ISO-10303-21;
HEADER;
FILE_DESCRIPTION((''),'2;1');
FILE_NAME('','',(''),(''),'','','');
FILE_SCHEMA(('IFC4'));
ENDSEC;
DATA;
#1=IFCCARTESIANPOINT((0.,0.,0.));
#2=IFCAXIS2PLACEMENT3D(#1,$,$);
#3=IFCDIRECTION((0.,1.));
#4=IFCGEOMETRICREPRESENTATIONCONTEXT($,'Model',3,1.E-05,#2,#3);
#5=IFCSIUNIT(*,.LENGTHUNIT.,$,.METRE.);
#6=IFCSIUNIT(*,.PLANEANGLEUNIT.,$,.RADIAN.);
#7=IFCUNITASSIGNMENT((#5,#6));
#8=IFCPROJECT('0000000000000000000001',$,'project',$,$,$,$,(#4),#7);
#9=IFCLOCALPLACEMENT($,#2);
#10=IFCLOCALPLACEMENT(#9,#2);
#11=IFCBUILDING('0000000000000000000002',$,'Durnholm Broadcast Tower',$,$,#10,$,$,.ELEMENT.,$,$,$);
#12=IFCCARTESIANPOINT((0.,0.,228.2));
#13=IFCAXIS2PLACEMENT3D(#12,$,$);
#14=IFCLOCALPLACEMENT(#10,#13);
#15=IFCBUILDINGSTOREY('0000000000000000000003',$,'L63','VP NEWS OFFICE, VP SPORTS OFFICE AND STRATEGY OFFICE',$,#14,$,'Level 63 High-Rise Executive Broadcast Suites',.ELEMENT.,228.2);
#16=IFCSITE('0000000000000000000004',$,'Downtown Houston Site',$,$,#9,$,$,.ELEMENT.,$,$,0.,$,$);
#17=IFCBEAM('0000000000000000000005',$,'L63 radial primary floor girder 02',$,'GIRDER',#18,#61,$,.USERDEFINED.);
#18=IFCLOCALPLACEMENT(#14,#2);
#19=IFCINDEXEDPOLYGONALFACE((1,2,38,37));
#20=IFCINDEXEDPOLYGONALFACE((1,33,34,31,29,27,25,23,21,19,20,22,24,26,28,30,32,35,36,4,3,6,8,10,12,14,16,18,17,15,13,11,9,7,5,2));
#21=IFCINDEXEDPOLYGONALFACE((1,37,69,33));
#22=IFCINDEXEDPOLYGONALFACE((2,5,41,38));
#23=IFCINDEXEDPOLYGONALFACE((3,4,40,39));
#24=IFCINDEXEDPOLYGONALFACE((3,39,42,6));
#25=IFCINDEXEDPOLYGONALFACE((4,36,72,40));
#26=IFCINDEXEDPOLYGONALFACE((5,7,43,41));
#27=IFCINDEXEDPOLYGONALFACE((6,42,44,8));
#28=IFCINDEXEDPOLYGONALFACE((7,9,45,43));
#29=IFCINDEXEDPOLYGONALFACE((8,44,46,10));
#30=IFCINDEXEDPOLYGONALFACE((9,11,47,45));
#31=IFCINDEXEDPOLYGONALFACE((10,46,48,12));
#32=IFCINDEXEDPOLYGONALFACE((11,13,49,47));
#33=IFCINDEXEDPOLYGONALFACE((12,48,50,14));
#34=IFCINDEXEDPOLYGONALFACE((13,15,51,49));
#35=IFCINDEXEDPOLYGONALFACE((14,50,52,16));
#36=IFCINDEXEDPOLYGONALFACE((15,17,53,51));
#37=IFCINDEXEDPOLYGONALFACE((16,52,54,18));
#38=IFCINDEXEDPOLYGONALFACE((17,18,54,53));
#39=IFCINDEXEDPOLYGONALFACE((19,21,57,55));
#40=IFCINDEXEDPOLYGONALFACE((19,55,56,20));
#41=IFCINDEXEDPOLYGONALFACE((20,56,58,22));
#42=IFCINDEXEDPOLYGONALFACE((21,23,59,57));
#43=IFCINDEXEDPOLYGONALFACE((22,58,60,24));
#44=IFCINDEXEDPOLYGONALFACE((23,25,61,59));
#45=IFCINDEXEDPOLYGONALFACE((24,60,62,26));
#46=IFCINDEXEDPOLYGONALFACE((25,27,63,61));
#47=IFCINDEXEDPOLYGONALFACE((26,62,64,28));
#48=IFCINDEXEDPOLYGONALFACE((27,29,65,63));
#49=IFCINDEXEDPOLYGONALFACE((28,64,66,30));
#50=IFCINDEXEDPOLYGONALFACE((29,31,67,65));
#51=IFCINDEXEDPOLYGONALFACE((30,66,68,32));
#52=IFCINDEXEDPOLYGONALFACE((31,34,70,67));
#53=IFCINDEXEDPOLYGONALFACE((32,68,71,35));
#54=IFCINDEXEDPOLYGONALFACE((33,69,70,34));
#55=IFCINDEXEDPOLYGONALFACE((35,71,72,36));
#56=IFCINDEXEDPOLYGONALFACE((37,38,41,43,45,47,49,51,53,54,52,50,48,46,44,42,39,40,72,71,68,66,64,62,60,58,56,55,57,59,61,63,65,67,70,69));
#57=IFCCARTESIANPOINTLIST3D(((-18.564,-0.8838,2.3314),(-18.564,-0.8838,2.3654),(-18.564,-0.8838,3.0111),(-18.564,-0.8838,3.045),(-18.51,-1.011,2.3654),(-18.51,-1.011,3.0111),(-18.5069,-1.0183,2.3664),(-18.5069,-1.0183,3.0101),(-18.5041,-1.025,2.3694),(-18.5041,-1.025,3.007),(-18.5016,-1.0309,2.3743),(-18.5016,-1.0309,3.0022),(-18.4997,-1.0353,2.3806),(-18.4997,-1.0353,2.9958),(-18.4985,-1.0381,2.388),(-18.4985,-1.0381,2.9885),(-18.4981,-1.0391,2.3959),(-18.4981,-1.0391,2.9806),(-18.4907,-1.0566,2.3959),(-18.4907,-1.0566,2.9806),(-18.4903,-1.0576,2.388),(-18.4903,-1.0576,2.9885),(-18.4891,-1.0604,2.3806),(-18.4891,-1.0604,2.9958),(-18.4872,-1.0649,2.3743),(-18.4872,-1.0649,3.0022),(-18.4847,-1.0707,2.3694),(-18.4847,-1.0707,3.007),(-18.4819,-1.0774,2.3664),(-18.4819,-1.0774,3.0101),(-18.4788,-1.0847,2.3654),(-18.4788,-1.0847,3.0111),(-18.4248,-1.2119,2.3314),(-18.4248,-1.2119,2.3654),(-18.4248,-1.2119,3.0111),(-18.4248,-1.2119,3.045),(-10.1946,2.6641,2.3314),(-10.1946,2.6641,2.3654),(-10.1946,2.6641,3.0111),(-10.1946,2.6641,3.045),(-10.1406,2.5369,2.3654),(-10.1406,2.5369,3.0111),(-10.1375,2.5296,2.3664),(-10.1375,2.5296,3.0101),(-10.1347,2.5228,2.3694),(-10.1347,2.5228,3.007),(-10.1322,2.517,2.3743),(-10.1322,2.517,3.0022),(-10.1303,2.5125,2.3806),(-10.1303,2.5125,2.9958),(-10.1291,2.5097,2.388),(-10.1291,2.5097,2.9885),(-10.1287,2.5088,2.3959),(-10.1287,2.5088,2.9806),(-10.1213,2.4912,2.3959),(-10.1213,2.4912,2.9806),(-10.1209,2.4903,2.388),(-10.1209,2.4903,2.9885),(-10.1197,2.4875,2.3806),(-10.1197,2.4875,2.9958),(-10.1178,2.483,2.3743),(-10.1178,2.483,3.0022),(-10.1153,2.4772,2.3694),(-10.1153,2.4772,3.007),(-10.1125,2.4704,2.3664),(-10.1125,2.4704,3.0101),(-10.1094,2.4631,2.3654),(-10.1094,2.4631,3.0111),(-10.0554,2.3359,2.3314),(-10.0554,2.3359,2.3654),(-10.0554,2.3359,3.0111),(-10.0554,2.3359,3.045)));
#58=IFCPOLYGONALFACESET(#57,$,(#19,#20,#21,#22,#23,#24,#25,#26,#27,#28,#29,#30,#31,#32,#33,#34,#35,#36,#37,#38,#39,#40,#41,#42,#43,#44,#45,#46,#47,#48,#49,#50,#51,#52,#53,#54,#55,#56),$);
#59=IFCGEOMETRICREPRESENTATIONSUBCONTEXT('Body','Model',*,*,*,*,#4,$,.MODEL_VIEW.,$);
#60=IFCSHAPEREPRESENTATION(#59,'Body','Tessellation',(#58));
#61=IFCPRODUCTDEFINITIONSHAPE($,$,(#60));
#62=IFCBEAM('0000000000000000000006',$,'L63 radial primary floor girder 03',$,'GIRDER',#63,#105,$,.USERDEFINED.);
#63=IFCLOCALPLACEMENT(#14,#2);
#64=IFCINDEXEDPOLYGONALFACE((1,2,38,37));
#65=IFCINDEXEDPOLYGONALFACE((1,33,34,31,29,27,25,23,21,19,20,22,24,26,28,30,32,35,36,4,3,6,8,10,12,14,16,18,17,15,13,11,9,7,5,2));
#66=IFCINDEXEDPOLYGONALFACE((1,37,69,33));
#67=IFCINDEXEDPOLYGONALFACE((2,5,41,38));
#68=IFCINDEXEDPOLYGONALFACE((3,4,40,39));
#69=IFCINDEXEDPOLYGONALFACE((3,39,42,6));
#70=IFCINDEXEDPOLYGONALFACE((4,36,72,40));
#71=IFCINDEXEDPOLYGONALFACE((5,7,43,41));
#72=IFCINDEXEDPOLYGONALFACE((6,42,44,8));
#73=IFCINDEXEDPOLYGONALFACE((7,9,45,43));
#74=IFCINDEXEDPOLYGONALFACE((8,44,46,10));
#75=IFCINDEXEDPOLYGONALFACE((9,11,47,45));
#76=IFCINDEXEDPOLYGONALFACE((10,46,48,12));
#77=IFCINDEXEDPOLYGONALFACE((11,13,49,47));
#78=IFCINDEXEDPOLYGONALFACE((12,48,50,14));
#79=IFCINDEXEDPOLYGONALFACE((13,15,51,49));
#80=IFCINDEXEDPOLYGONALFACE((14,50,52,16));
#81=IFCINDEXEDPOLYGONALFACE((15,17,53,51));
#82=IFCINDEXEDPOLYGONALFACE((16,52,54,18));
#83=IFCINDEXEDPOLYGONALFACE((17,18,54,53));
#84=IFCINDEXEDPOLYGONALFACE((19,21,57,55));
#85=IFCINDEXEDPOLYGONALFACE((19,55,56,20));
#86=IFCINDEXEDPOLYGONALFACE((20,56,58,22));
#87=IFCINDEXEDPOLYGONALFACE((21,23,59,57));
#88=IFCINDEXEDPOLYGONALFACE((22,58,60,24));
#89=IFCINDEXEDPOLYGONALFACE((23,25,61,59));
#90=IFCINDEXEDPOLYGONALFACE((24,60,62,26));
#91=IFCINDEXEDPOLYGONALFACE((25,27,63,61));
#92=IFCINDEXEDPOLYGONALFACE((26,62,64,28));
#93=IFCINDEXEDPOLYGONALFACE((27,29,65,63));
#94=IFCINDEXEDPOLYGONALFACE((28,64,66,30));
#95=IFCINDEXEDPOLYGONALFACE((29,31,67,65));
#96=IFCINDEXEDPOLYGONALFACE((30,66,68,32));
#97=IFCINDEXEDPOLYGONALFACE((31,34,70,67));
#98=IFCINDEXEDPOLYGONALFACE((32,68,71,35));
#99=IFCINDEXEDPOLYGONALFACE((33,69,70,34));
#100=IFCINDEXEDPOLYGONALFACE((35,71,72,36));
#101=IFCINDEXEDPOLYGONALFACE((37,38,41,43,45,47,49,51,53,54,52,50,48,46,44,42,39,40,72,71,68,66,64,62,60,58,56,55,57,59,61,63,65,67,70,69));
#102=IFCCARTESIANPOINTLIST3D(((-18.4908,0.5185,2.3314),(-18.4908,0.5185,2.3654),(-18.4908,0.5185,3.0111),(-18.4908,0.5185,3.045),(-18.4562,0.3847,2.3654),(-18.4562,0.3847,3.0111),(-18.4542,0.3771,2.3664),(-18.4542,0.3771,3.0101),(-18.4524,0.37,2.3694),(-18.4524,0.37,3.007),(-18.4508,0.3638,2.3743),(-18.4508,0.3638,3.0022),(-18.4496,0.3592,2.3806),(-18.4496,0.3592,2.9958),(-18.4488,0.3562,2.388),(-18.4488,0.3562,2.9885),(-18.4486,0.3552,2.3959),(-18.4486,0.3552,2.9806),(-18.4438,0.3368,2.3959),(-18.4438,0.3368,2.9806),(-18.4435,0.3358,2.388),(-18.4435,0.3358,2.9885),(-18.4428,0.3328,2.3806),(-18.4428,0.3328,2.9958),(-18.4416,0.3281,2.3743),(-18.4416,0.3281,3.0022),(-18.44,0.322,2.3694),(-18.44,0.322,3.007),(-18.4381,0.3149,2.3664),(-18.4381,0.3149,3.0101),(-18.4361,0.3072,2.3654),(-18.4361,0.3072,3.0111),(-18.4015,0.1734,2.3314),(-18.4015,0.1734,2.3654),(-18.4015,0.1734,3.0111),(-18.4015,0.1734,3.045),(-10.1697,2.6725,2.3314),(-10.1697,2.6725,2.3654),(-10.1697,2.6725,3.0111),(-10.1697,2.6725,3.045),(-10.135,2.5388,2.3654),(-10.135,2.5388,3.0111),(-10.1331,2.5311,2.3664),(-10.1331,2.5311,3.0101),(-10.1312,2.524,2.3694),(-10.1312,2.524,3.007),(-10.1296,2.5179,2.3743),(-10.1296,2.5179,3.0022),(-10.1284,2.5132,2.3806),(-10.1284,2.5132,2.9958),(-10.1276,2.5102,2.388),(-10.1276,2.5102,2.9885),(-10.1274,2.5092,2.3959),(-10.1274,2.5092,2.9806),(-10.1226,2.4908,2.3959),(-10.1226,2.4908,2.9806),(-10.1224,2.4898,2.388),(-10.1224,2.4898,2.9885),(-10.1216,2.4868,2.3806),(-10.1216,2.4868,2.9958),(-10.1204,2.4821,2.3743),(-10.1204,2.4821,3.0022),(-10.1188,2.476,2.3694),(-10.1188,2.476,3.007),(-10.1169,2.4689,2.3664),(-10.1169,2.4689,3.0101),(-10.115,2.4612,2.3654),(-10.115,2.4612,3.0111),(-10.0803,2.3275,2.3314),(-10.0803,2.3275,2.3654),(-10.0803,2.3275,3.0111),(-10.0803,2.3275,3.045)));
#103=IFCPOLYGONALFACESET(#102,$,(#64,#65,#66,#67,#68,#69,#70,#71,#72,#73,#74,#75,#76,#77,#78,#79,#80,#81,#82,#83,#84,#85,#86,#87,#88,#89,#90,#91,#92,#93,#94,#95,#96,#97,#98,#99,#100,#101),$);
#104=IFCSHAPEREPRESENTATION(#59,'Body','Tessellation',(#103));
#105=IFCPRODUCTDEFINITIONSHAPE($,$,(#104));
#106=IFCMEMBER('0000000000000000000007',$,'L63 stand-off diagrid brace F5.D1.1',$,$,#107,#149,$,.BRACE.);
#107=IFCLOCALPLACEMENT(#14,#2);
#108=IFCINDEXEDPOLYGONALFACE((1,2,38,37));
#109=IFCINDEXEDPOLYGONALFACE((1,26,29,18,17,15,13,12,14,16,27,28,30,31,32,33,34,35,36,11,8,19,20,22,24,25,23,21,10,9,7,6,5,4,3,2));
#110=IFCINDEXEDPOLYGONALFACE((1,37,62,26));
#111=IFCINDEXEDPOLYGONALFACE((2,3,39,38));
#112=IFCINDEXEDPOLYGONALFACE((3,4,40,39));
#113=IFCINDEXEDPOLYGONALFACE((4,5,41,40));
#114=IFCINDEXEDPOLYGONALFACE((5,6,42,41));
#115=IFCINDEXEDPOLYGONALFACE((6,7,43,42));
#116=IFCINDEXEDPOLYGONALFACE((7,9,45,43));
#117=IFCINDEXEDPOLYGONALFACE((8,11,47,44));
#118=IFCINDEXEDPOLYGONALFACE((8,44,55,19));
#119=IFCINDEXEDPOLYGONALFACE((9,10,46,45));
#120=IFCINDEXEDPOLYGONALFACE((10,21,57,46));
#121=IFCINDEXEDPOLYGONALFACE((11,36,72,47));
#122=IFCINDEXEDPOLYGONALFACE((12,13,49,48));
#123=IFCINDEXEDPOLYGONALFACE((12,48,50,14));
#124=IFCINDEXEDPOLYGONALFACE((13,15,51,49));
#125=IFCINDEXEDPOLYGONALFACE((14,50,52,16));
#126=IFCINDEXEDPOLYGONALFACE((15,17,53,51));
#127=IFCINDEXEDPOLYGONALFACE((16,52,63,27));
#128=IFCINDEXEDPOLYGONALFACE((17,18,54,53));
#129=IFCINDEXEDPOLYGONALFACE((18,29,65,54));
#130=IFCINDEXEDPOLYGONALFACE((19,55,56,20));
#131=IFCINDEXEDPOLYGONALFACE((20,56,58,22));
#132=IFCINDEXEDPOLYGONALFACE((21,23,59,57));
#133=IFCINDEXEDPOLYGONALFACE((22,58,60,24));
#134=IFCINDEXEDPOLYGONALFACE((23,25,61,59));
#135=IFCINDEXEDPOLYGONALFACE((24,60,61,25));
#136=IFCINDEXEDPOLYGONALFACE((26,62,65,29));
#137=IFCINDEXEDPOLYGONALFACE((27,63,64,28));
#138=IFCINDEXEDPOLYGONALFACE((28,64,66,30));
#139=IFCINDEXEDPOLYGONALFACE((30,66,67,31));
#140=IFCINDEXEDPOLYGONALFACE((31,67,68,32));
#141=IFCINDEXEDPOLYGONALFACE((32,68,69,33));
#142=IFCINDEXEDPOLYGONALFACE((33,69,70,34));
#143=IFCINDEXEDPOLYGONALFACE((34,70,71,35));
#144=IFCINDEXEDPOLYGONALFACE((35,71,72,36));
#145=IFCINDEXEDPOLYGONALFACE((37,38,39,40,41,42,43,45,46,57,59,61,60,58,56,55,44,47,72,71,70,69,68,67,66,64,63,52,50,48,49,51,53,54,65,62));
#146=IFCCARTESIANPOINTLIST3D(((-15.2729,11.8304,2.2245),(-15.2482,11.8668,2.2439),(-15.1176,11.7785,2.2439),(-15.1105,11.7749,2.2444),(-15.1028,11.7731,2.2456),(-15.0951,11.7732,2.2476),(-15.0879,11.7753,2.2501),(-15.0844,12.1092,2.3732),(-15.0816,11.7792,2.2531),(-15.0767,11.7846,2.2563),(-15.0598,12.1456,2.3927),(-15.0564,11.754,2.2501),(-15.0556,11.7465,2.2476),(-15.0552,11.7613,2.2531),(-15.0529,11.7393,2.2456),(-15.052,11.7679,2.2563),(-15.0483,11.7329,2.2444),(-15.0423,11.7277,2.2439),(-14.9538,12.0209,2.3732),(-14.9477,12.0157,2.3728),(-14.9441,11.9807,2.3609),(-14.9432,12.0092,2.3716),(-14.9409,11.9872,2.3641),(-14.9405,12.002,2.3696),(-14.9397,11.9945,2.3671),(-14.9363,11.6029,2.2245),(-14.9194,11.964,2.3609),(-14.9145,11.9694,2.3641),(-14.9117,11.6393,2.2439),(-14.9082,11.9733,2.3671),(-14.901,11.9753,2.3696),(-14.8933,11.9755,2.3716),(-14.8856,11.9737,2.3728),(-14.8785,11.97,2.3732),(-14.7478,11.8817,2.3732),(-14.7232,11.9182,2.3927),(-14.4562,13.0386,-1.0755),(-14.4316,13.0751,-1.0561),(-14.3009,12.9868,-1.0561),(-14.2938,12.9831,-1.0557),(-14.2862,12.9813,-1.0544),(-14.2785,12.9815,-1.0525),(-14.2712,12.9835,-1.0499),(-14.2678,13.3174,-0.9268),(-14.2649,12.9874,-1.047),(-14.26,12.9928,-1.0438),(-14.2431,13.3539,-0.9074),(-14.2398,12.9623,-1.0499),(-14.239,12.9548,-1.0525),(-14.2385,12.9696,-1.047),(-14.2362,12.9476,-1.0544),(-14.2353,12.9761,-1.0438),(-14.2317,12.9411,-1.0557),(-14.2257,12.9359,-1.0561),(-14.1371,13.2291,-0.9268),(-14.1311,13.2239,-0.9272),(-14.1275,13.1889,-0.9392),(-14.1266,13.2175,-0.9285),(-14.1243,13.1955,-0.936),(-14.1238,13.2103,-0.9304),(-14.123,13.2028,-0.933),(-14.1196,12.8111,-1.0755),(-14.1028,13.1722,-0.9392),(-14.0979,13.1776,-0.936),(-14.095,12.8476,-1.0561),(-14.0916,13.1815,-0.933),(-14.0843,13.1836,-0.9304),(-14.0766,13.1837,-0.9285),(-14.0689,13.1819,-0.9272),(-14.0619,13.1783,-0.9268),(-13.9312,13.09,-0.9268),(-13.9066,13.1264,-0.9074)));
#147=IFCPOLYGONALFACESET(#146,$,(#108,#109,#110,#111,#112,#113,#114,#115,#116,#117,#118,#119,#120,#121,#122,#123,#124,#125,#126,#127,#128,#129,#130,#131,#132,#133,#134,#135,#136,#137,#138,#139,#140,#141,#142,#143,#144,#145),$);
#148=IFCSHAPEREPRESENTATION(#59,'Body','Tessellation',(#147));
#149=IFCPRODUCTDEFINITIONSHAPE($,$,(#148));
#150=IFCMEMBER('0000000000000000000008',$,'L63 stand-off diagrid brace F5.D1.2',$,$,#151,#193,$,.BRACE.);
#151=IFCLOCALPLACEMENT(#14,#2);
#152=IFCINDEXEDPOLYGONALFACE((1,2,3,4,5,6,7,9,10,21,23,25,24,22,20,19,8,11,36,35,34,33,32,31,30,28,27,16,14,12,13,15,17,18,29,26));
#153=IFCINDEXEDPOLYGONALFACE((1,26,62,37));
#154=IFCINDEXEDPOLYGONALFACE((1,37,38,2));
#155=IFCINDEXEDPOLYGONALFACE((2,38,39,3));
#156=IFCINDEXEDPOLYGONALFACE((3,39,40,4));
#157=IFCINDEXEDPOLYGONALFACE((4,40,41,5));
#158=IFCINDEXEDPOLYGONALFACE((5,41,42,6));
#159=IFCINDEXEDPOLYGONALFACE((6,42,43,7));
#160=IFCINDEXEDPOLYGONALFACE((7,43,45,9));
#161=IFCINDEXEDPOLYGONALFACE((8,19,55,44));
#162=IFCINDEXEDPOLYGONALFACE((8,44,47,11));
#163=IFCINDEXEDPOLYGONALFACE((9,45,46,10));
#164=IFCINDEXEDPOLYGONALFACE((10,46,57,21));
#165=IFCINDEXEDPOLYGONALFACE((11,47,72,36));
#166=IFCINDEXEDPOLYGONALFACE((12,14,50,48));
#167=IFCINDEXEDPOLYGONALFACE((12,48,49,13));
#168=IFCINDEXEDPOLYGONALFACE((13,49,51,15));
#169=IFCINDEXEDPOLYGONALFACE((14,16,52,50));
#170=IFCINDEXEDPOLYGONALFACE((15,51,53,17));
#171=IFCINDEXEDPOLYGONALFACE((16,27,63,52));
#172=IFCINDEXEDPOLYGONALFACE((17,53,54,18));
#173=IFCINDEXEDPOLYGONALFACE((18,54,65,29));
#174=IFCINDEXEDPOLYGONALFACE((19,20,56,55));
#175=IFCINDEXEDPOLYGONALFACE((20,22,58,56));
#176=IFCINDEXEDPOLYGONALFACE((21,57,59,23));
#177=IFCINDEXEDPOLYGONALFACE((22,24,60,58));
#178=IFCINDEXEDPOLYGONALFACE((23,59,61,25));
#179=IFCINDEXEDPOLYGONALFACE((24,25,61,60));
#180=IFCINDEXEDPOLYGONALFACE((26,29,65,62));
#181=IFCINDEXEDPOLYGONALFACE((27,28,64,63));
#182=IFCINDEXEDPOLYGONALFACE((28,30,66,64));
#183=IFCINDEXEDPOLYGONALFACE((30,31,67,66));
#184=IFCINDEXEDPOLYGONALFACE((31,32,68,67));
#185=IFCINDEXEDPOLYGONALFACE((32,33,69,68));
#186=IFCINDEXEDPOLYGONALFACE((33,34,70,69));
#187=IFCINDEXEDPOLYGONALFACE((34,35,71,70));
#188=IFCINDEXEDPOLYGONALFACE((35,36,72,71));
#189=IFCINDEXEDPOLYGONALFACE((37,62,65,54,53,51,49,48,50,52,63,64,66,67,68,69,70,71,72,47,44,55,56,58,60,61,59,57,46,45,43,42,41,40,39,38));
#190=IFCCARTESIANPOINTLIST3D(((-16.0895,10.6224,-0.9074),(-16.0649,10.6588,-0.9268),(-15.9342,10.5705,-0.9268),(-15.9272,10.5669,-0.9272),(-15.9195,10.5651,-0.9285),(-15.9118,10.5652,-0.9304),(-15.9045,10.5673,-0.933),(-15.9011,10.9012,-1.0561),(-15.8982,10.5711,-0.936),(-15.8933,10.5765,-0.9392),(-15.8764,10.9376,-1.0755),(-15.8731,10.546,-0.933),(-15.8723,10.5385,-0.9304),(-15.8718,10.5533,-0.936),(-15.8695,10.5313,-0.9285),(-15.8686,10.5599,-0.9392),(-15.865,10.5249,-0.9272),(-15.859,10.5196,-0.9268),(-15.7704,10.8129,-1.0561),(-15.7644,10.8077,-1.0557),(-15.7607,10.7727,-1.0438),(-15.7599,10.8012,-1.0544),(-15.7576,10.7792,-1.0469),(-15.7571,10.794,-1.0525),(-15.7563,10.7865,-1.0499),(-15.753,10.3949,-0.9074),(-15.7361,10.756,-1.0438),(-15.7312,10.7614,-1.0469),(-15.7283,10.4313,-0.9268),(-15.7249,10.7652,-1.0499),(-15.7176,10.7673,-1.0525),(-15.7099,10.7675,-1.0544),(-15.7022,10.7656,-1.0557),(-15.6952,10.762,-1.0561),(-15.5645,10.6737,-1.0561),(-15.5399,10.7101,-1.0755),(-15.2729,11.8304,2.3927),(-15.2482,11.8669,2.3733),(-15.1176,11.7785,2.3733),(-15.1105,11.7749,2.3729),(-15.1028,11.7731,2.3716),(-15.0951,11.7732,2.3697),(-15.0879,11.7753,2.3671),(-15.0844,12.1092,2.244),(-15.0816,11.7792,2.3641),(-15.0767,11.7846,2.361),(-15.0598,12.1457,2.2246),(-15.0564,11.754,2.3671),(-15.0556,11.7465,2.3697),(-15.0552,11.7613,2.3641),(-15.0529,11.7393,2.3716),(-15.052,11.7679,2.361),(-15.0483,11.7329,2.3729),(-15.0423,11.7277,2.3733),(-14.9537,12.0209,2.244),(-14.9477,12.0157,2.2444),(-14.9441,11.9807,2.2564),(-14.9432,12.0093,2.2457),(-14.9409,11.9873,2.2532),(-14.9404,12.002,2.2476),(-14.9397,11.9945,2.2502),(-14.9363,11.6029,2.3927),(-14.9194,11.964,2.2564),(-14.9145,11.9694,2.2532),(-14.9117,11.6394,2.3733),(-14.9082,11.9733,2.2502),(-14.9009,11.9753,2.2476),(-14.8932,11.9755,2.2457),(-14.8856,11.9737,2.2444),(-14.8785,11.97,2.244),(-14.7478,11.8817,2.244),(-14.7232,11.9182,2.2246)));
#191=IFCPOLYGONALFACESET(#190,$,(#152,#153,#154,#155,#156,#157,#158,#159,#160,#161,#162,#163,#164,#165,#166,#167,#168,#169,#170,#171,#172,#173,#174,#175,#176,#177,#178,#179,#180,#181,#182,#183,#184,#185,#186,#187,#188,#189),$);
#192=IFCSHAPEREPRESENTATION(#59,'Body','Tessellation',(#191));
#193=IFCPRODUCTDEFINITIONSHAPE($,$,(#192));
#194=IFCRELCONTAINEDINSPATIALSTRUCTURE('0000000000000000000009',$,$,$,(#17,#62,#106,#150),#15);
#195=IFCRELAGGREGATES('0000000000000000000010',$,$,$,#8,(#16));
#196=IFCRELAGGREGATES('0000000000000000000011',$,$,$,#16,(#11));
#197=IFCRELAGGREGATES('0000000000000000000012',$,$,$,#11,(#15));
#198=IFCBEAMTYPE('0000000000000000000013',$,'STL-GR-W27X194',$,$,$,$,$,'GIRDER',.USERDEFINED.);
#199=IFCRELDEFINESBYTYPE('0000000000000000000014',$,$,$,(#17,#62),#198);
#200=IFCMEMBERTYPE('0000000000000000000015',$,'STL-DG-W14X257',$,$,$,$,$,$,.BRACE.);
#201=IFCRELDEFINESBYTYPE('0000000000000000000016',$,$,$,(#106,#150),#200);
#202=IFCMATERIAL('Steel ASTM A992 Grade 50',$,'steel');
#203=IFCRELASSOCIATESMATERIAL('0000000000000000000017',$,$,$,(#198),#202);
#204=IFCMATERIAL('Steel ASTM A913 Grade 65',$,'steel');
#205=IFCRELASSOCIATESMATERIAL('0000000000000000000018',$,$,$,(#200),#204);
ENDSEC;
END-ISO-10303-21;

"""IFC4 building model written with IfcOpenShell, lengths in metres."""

from ifc_helpers import new_model, si_unit, direction, frame, origin, origin_2d, place, context, subcontext, project, spatial, i_section, extrude, source, transform, mapped, material, material_profile, profile_set, type_object, type_shapes, element, save


model = new_model("IFC4")

# Units and contexts
model_context = context("Model", 3, precision=1e-05, world=origin(), true_north=direction((0.0, 1.0)))
body_context = subcontext(model_context, "Body", "Model", "MODEL_VIEW")
ifc_project = project(units=[si_unit("LENGTHUNIT", "METRE"), si_unit("PLANEANGLEUNIT", "RADIAN")], contexts=[model_context])

# Site, building, storey
site_placement = place(None, origin())
site = spatial("IfcSite", under=ifc_project, at=site_placement, Name="Downtown Houston Site", CompositionType="ELEMENT", RefElevation=0.0)
building_placement = place(site_placement, origin())
building = spatial("IfcBuilding", under=site, at=building_placement, Name="Durnholm Broadcast Tower", CompositionType="ELEMENT")
storey_placement = place(building_placement, frame((0.0, 0.0, 228.2)))
storey = spatial("IfcBuildingStorey", under=building, at=storey_placement, Name="L63", Description="VP NEWS OFFICE, VP SPORTS OFFICE AND STRATEGY OFFICE", LongName="Level 63 High-Rise Executive Broadcast Suites", CompositionType="ELEMENT", Elevation=228.2)

# Beams
ifc_material_1 = material(Name="Steel ASTM A992 Grade 50", Category="steel")
ifc_material_profile_1 = material_profile(ifc_material_1, i_section(OverallWidth=0.3564, OverallDepth=0.7136, WebThickness=0.019, FlangeThickness=0.0339, FilletRadius=0.0305, at=origin_2d()), Name="W27X194")
ifc_profile_set_1 = profile_set([ifc_material_profile_1], Name="Steel ASTM A992 Grade 50")
beam_type_1 = type_object("IfcBeamType", Name="STL-GR-W27X194", ElementType="GIRDER", PredefinedType="USERDEFINED", material=ifc_profile_set_1)
shared_shape_1 = source(origin(), body_context, "Body", "SweptSolid", [
    extrude(i_section(OverallWidth=0.3564, OverallDepth=0.7136, WebThickness=0.019, FlangeThickness=0.0339, FilletRadius=0.0305, at=origin_2d()), origin(), (0.0, 0.0, 1.0), 9.0903),
])
beam_1_placement = place(storey_placement, frame((-10.125, 2.5, 2.6882), z_axis=(-0.920692, -0.390289, 0.0), x_axis=(0.390289, -0.920692, 0.0)))
element("IfcBeam", 1, at=beam_1_placement, inside=storey, type_object=beam_type_1, Name="L63 radial primary floor girder 02", ObjectType="GIRDER", PredefinedType="USERDEFINED", context=body_context, shape_type="MappedRepresentation", body=[
    mapped(shared_shape_1, transform((0.0, 0.0, 0.0), x_axis=(1.0, 0.0, 0.0), y_axis=(0.0, 1.0, 0.0), z_axis=(0.0, 0.0, 1.0), scale=1.0)),
])
shared_shape_2 = source(origin(), body_context, "Body", "SweptSolid", [
    extrude(i_section(OverallWidth=0.3564, OverallDepth=0.7136, WebThickness=0.019, FlangeThickness=0.0339, FilletRadius=0.0305, at=origin_2d()), origin(), (0.0, 0.0, 1.0), 8.5955),
])
beam_2_placement = place(storey_placement, frame((-10.125, 2.5, 2.6882), z_axis=(-0.968091, -0.2506, 0.0), x_axis=(0.2506, -0.968091, 0.0)))
element("IfcBeam", 2, at=beam_2_placement, inside=storey, type_object=beam_type_1, Name="L63 radial primary floor girder 03", ObjectType="GIRDER", PredefinedType="USERDEFINED", context=body_context, shape_type="MappedRepresentation", body=[
    mapped(shared_shape_2, transform((0.0, 0.0, 0.0), x_axis=(1.0, 0.0, 0.0), y_axis=(0.0, 1.0, 0.0), z_axis=(0.0, 0.0, 1.0), scale=1.0)),
])

# Members
ifc_material_2 = material(Name="Steel ASTM A913 Grade 65", Category="steel")
ifc_material_profile_2 = material_profile(ifc_material_2, i_section(OverallWidth=0.4062, OverallDepth=0.416, WebThickness=0.0298, FlangeThickness=0.0481, FilletRadius=0.0305, at=origin_2d()), Name="W14X257")
ifc_profile_set_2 = profile_set([ifc_material_profile_2], Name="Steel ASTM A913 Grade 65")
member_type_1 = type_object("IfcMemberType", Name="STL-DG-W14X257", PredefinedType="BRACE", material=ifc_profile_set_2)
shared_shape_3 = source(origin(), body_context, "Body", "SweptSolid", [
    extrude(i_section(OverallWidth=0.4062, OverallDepth=0.416, WebThickness=0.0298, FlangeThickness=0.0481, FilletRadius=0.0305, at=origin_2d()), origin(), (0.0, 0.0, 1.0), 3.6079),
])
type_shapes(member_type_1, [shared_shape_3])
for number, where, z_axis, x_axis, name in (
    (3, (-14.1814, 13.0825, -0.9915), (-0.226349, -0.334888, 0.914667), (0.828505, -0.559982, 0.0), "L63 stand-off diagrid brace F5.D1.1"),
    (4, (-15.8147, 10.6663, -0.9915), (0.226354, 0.334828, 0.914688), (-0.828452, 0.560059, 0.0), "L63 stand-off diagrid brace F5.D1.2"),
):
    element("IfcMember", number, at=place(storey_placement, frame(where, z_axis=z_axis, x_axis=x_axis)), inside=storey, type_object=member_type_1, Name=name, PredefinedType="BRACE", context=body_context, shape_type="MappedRepresentation", body=[
        mapped(shared_shape_3, transform((0.0, 0.0, 0.0), x_axis=(1.0, 0.0, 0.0), y_axis=(0.0, 1.0, 0.0), z_axis=(0.0, 0.0, 1.0), scale=1.0)),
    ])

save(model, "model.ifc")
